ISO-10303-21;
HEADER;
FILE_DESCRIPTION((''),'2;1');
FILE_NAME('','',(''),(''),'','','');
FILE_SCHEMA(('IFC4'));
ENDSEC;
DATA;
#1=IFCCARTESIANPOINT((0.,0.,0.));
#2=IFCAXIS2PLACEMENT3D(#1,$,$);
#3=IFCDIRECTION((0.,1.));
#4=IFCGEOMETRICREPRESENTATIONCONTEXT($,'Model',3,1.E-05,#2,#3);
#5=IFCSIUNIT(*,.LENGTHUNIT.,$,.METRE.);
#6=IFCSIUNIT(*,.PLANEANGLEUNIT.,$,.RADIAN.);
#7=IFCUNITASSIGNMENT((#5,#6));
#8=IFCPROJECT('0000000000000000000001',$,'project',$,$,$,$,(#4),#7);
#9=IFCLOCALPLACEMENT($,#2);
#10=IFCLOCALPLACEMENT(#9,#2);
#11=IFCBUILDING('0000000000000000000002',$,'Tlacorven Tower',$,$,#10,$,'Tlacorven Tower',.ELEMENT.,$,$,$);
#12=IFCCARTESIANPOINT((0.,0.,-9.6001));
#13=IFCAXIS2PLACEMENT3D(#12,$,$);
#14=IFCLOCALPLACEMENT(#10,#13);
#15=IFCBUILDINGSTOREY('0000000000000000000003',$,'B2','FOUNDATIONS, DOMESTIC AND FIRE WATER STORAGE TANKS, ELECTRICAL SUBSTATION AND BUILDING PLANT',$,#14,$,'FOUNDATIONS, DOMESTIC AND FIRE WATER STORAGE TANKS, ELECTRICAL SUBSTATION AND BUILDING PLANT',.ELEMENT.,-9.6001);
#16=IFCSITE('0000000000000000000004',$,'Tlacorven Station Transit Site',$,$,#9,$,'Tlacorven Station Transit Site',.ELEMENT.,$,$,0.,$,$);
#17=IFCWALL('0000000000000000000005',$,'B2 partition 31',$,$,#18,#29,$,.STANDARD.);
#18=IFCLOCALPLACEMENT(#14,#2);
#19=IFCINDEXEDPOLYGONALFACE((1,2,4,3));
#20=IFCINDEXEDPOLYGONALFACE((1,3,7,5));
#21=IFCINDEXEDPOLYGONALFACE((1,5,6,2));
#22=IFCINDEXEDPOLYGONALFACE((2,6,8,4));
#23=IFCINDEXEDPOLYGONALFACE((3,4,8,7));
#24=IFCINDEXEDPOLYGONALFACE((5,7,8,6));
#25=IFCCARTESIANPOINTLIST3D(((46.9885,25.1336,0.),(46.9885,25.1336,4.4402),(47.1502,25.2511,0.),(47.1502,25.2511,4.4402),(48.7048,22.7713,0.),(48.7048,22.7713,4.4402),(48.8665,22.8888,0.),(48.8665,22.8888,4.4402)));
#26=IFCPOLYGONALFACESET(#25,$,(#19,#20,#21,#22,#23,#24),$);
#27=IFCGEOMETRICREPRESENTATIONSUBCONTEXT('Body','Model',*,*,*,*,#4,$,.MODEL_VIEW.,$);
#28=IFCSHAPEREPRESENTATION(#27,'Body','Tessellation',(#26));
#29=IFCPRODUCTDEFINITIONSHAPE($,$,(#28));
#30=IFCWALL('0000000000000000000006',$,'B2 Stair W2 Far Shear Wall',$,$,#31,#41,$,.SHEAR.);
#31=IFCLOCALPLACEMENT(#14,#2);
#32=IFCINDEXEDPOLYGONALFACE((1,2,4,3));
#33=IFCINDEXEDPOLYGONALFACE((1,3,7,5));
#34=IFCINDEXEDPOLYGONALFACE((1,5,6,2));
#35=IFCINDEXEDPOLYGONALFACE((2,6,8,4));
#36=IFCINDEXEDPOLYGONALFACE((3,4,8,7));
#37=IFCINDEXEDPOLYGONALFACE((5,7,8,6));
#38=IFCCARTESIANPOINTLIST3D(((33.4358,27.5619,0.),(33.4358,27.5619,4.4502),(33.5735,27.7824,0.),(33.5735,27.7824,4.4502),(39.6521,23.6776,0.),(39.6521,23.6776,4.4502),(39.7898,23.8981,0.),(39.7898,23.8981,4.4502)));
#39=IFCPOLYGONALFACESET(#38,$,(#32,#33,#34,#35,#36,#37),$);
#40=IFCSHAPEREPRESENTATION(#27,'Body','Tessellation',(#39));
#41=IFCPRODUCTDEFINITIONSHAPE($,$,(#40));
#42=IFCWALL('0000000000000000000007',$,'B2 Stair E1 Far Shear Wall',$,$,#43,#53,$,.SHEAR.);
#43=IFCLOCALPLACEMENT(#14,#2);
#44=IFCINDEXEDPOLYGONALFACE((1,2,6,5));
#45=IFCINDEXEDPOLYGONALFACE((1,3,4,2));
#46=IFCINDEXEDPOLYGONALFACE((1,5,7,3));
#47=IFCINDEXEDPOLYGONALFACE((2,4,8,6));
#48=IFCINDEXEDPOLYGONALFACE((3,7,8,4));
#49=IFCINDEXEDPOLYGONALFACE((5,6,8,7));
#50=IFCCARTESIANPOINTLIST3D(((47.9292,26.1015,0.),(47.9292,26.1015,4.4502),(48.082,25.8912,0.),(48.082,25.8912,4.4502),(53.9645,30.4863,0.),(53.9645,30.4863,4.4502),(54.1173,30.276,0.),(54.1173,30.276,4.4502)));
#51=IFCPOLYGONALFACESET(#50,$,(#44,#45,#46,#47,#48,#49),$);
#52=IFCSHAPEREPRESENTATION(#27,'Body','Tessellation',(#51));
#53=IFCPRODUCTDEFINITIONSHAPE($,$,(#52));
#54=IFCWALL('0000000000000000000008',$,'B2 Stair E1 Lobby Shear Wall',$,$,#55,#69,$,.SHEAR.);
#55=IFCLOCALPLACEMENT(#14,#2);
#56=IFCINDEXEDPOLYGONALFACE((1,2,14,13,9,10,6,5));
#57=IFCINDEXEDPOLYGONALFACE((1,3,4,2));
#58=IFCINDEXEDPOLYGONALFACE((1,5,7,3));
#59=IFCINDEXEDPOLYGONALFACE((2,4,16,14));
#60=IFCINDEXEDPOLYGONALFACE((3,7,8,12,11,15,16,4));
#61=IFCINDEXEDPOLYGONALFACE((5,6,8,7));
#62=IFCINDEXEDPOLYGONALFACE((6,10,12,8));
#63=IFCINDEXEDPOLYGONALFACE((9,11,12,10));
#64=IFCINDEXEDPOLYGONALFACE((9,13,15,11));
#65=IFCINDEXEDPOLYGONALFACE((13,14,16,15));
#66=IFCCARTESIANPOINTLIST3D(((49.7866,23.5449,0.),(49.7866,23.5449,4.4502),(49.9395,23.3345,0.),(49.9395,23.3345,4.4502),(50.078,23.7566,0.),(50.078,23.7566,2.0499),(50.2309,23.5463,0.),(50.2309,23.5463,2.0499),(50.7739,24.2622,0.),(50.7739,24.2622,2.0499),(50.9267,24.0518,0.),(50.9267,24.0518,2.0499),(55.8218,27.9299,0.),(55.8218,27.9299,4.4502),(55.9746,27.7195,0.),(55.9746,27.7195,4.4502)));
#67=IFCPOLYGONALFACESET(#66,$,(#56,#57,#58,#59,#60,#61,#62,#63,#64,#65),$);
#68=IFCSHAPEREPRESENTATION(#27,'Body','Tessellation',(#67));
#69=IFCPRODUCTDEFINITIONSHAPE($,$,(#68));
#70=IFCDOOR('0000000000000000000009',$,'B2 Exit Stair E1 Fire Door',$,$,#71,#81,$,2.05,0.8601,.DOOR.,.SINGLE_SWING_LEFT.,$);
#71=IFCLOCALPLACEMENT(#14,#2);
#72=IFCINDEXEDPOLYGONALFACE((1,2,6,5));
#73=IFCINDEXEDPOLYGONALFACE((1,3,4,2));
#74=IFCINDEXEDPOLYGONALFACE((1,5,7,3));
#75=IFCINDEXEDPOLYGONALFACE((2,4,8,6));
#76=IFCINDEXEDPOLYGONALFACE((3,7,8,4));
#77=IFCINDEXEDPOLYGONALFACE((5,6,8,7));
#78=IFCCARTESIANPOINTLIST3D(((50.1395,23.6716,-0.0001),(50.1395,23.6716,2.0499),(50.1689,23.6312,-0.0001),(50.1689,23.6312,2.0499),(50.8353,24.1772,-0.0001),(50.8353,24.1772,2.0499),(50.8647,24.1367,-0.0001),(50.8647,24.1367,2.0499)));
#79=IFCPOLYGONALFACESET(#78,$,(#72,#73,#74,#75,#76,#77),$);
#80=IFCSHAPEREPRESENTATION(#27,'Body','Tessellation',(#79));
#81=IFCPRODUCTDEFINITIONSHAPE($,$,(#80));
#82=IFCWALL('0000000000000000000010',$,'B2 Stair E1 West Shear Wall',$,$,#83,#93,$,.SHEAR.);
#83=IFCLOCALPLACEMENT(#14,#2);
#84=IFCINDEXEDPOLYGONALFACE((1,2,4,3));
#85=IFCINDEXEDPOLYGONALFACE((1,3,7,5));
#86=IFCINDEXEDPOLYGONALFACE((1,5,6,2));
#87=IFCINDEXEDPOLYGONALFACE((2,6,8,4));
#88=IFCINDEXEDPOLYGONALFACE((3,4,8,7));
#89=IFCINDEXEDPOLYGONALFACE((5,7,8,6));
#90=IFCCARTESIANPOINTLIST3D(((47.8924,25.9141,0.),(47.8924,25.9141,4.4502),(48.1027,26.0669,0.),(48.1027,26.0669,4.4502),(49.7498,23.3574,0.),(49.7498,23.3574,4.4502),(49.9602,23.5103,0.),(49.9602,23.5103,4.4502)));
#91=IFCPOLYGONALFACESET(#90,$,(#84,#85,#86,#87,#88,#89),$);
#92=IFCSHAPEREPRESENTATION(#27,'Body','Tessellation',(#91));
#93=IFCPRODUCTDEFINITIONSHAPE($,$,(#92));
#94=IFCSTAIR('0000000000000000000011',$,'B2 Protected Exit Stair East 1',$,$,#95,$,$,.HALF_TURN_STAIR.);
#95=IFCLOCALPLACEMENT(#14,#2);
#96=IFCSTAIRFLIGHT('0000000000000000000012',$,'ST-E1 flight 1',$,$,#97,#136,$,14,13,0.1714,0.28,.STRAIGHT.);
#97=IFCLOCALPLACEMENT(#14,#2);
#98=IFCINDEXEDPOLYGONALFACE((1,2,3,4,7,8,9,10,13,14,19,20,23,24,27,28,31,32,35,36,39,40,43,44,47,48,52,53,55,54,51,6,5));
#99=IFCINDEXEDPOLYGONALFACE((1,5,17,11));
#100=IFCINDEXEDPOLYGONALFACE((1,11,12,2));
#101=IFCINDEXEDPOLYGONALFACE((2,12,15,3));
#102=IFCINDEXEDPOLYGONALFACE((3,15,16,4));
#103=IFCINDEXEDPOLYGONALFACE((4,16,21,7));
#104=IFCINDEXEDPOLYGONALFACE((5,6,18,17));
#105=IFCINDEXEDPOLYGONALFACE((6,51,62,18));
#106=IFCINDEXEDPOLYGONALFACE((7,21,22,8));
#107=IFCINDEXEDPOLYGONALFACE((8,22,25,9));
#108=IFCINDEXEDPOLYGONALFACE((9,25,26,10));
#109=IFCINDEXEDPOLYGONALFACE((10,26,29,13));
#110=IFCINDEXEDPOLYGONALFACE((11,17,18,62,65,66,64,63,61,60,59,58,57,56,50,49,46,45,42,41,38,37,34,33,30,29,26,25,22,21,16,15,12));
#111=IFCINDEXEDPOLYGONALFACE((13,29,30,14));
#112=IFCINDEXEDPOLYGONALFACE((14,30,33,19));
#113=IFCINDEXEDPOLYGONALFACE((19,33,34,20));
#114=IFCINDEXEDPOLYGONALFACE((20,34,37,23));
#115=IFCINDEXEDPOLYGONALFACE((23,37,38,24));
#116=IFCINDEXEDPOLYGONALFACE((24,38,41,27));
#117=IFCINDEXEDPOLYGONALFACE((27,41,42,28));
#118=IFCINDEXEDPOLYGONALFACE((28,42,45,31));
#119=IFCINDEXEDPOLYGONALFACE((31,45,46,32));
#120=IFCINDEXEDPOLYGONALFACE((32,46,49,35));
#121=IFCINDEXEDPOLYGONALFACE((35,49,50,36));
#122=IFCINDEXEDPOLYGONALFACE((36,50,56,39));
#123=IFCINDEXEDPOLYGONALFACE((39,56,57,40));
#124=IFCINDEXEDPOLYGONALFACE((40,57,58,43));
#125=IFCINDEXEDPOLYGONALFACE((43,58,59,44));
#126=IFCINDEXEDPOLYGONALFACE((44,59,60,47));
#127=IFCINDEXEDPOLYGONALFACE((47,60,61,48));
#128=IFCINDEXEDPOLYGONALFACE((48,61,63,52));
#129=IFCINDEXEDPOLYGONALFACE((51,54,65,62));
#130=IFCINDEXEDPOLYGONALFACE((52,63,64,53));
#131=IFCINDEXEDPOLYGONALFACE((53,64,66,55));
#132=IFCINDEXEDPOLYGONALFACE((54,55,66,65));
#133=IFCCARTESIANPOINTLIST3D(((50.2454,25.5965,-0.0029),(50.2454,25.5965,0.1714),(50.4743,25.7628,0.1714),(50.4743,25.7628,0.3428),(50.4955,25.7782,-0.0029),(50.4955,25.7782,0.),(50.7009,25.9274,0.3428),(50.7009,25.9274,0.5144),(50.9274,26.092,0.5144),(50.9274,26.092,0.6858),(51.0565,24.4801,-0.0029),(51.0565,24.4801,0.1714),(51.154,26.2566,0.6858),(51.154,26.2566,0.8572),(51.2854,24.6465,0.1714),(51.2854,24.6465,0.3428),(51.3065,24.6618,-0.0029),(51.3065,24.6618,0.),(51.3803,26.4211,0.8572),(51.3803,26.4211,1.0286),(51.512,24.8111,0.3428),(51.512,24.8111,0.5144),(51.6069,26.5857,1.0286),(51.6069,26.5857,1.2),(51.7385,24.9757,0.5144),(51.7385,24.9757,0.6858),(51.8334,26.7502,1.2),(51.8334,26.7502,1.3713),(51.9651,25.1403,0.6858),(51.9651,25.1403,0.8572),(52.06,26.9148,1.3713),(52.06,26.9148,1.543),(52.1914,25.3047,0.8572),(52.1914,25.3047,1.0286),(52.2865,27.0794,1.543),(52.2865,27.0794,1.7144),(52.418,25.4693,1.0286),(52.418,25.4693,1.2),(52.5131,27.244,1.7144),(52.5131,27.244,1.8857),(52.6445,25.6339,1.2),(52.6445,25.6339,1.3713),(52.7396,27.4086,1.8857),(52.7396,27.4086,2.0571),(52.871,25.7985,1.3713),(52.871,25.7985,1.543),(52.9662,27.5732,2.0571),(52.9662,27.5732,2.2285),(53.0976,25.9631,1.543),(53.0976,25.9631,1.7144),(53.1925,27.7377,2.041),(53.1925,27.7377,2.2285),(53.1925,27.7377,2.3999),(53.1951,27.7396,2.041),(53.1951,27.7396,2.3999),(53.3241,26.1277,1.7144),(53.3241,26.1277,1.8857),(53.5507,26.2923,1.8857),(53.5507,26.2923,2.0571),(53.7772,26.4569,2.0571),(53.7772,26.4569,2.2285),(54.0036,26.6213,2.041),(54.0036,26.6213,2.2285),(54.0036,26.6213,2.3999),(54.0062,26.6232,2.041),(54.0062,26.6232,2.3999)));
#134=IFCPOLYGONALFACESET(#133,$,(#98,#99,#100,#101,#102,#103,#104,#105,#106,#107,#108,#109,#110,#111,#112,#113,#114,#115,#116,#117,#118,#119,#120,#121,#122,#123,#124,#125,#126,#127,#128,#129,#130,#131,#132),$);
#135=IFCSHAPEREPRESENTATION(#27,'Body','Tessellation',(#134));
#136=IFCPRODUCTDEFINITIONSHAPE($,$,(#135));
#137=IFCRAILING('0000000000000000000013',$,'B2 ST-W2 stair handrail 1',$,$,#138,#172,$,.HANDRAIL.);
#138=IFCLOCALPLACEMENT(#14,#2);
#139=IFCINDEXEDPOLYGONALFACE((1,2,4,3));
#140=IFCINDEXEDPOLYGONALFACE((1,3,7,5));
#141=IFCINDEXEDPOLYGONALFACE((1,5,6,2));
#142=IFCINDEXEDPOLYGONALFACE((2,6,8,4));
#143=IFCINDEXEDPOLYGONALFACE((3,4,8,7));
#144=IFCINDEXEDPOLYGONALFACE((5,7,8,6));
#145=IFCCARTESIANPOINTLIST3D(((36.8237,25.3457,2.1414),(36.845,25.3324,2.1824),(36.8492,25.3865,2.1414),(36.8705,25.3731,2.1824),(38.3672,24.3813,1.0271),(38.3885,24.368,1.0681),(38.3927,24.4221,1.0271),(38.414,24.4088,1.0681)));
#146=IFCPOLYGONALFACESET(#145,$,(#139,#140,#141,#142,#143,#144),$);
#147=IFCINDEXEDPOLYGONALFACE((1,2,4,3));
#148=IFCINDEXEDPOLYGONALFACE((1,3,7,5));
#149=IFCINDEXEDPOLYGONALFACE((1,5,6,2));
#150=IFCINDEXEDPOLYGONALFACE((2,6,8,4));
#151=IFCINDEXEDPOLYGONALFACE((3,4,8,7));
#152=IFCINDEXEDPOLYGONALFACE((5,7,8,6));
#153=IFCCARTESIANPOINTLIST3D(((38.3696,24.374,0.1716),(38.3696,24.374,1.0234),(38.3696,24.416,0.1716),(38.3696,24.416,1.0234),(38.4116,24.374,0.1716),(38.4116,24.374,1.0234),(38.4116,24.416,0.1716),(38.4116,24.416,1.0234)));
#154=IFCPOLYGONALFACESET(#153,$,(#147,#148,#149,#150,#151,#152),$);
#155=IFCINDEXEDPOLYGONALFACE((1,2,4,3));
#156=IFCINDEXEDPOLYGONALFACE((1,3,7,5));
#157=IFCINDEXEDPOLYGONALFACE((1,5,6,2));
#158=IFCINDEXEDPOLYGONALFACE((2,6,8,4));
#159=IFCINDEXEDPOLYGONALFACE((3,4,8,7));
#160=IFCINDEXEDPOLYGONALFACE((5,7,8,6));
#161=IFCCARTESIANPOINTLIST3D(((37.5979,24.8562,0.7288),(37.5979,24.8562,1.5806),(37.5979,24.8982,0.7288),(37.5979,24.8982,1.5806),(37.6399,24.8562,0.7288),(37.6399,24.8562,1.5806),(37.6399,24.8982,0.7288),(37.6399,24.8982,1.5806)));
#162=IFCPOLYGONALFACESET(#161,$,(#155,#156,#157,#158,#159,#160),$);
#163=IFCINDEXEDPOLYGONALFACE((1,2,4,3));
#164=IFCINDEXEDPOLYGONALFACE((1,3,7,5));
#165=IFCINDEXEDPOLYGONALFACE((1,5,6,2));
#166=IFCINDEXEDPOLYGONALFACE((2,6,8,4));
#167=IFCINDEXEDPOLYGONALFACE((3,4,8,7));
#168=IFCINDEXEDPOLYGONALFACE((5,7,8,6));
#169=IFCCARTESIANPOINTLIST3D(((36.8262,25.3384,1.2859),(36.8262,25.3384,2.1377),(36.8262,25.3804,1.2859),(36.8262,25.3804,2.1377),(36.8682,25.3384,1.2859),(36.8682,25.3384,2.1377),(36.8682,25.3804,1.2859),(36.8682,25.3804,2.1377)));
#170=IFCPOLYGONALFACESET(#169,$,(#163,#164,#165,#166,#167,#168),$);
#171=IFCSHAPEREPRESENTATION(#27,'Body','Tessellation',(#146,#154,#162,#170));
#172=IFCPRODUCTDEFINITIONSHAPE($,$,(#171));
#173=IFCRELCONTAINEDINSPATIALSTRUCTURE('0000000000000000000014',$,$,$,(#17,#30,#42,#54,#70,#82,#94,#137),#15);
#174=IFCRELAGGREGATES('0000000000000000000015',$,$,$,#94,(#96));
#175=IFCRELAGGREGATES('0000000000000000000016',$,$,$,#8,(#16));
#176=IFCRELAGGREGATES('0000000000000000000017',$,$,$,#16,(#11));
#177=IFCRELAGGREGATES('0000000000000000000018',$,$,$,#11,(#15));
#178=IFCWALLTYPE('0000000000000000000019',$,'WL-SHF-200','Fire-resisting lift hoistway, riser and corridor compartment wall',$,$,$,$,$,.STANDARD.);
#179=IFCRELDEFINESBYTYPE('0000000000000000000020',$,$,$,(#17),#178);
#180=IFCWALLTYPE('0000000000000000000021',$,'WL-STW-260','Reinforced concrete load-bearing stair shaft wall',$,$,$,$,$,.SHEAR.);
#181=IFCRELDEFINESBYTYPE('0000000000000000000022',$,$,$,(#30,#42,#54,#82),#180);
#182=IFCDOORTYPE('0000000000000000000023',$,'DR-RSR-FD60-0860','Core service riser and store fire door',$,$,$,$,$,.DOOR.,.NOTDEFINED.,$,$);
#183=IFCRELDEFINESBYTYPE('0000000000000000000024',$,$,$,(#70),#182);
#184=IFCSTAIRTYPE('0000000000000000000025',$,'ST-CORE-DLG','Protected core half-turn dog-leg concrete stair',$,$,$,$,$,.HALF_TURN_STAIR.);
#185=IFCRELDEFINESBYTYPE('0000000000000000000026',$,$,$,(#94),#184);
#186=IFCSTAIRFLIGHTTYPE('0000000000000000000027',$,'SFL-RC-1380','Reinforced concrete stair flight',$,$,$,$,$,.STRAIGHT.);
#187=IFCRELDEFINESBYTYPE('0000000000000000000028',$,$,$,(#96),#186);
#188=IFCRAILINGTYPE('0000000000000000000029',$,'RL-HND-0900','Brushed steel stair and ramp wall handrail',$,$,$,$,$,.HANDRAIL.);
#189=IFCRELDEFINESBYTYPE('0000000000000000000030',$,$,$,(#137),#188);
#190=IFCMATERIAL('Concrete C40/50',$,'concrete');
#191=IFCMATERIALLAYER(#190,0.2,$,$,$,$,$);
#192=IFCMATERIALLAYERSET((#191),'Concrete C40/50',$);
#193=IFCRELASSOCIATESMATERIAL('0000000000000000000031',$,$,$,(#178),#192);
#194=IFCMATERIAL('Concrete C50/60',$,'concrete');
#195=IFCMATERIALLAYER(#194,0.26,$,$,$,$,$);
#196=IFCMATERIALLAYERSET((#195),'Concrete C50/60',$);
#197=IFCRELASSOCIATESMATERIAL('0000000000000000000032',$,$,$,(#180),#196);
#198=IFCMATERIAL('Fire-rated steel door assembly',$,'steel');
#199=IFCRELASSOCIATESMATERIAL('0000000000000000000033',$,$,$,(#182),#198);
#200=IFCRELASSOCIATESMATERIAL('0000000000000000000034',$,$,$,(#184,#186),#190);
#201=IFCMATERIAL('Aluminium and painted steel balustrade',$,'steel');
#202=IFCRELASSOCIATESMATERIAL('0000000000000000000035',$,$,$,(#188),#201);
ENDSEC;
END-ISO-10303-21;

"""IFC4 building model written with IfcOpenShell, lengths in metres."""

from ifc_helpers import new_model, si_unit, direction, frame, frame_2d, origin, origin_2d, place, context, subcontext, project, spatial, polyline, rectangle, outline, extrude, source, transform, mapped, material, layer, layer_set, type_object, element, fill, aggregate, save


model = new_model("IFC4")

# Units and contexts
model_context = context("Model", 3, precision=1e-05, world=origin(), true_north=direction((0.0, 1.0)))
body_context = subcontext(model_context, "Body", "Model", "MODEL_VIEW")
ifc_project = project(units=[si_unit("LENGTHUNIT", "METRE"), si_unit("PLANEANGLEUNIT", "RADIAN")], contexts=[model_context])

# Site, building, storey
site_placement = place(None, origin())
site = spatial("IfcSite", under=ifc_project, at=site_placement, Name="Tlacorven Station Transit Site", LongName="Tlacorven Station Transit Site", CompositionType="ELEMENT", RefElevation=0.0)
building_placement = place(site_placement, origin())
building = spatial("IfcBuilding", under=site, at=building_placement, Name="Tlacorven Tower", LongName="Tlacorven Tower", CompositionType="ELEMENT")
storey_placement = place(building_placement, frame((0.0, 0.0, -9.6001)))
storey = spatial("IfcBuildingStorey", under=building, at=storey_placement, Name="B2", Description="FOUNDATIONS, DOMESTIC AND FIRE WATER STORAGE TANKS, ELECTRICAL SUBSTATION AND BUILDING PLANT", LongName="FOUNDATIONS, DOMESTIC AND FIRE WATER STORAGE TANKS, ELECTRICAL SUBSTATION AND BUILDING PLANT", CompositionType="ELEMENT", Elevation=-9.6001)

# Shared definitions
ifc_material_1 = material(Name="Concrete C50/60", Category="concrete")

# Walls
ifc_material_2 = material(Name="Concrete C40/50", Category="concrete")
ifc_layer_1 = layer(ifc_material_2, 0.2)
ifc_layer_set_1 = layer_set([ifc_layer_1], Name="Concrete C40/50")
wall_type_1 = type_object("IfcWallType", Name="WL-SHF-200", Description="Fire-resisting lift hoistway, riser and corridor compartment wall", PredefinedType="STANDARD", material=ifc_layer_set_1)
wall_1_placement = place(storey_placement, frame((48.7856, 22.8301, 0.0), z_axis=(0.0, 0.0, 1.0), x_axis=(-0.587784, 0.809018, 0.0)))
element("IfcWall", 1, at=wall_1_placement, inside=storey, type_object=wall_type_1, Name="B2 partition 31", PredefinedType="STANDARD", context=body_context, shape_type="SweptSolid", body=[
    extrude(rectangle(XDim=2.9199, YDim=0.2, at=frame_2d((1.46, 0.0))), origin(), (0.0, 0.0, 1.0), 4.4402),
])
ifc_layer_2 = layer(ifc_material_1, 0.26)
ifc_layer_set_2 = layer_set([ifc_layer_2], Name="Concrete C50/60")
wall_type_2 = type_object("IfcWallType", Name="WL-STW-260", Description="Reinforced concrete load-bearing stair shaft wall", PredefinedType="SHEAR", material=ifc_layer_set_2)
wall_2_placement = place(storey_placement, frame((39.7209, 23.7878, 0.0), z_axis=(0.0, 0.0, 1.0), x_axis=(-0.848054, 0.529909, 0.0)))
element("IfcWall", 2, at=wall_2_placement, inside=storey, type_object=wall_type_2, Name="B2 Stair W2 Far Shear Wall", PredefinedType="SHEAR", context=body_context, shape_type="SweptSolid", body=[
    extrude(rectangle(XDim=7.3301, YDim=0.26, at=frame_2d((3.665, 0.0))), origin(), (0.0, 0.0, 1.0), 4.4502),
])
wall_3_placement = place(storey_placement, frame((48.0056, 25.9963, 0.0), z_axis=(0.0, 0.0, 1.0), x_axis=(0.809019, 0.587782, 0.0)))
element("IfcWall", 3, at=wall_3_placement, inside=storey, type_object=wall_type_2, Name="B2 Stair E1 Far Shear Wall", PredefinedType="SHEAR", context=body_context, shape_type="SweptSolid", body=[
    extrude(rectangle(XDim=7.46, YDim=0.26, at=frame_2d((3.73, 0.0))), origin(), (0.0, 0.0, 1.0), 4.4502),
])

# Wall, opening, door
wall_4_placement = place(storey_placement, frame((49.863, 23.4397, 0.0), z_axis=(0.0, 0.0, 1.0), x_axis=(0.809003, 0.587804, 0.0)))
wall_4 = element("IfcWall", 4, at=wall_4_placement, inside=storey, type_object=wall_type_2, Name="B2 Stair E1 Lobby Shear Wall", PredefinedType="SHEAR", context=body_context, shape_type="SweptSolid", body=[
    extrude(rectangle(XDim=7.46, YDim=0.26, at=frame_2d((3.73, 0.0))), origin(), (0.0, 0.0, 1.0), 4.4502),
])
opening_placement = place(wall_4_placement, frame((0.3601, 0.0, 0.0)))
opening = element("IfcOpeningElement", 5, at=opening_placement, cuts=wall_4, PredefinedType="OPENING", context=body_context, shape_type="SweptSolid", body=[
    extrude(rectangle(XDim=0.8601, YDim=2.05, at=frame_2d((0.4302, 1.0249))), frame((0.0, 0.1401, 0.0), z_axis=(0.0, -1.0, 0.0), x_axis=(1.0, 0.0, 0.0)), (0.0, 0.0, 1.0), 0.28),
])
ifc_material_3 = material(Name="Fire-rated steel door assembly", Category="steel")
door_type = type_object("IfcDoorType", Name="DR-RSR-FD60-0860", Description="Core service riser and store fire door", OperationType="NOTDEFINED", PredefinedType="DOOR", material=ifc_material_3)
shared_shape_1 = source(origin(), body_context, "Body", "SweptSolid", [
    extrude(rectangle(XDim=0.8601, YDim=2.05, at=frame_2d((0.4302, 1.0249))), frame((0.0, 0.0249, 0.0), z_axis=(0.0, -1.0, 0.0), x_axis=(1.0, 0.0, 0.0)), (0.0, 0.0, 1.0), 0.05),
])
door_placement = place(opening_placement, frame((0.8601, 0.0, 0.0), z_axis=(0.0, 0.0, 1.0), x_axis=(-1.0, 0.0, 0.0)))
door = element("IfcDoor", 6, at=door_placement, inside=storey, type_object=door_type, Name="B2 Exit Stair E1 Fire Door", OperationType="SINGLE_SWING_LEFT", OverallHeight=2.05, OverallWidth=0.8601, PredefinedType="DOOR", context=body_context, shape_type="MappedRepresentation", body=[
    mapped(shared_shape_1, transform((0.0, 0.0, 0.0), scale=1.0)),
])
fill(opening, door)

# Wall
wall_5_placement = place(storey_placement, frame((49.855, 23.4338, 0.0), z_axis=(0.0, 0.0, 1.0), x_axis=(-0.587767, 0.80903, 0.0)))
element("IfcWall", 7, at=wall_5_placement, inside=storey, type_object=wall_type_2, Name="B2 Stair E1 West Shear Wall", PredefinedType="SHEAR", context=body_context, shape_type="SweptSolid", body=[
    extrude(rectangle(XDim=3.1602, YDim=0.26, at=frame_2d((1.5801, 0.0))), origin(), (0.0, 0.0, 1.0), 4.4502),
])

# Stair, stair flight
stair_type = type_object("IfcStairType", Name="ST-CORE-DLG", Description="Protected core half-turn dog-leg concrete stair", PredefinedType="HALF_TURN_STAIR", material=ifc_material_2)
stair_placement = place(storey_placement, origin())
stair = element("IfcStair", 8, at=stair_placement, inside=storey, type_object=stair_type, Name="B2 Protected Exit Stair East 1", PredefinedType="HALF_TURN_STAIR")
stair_flight_type = type_object("IfcStairFlightType", Name="SFL-RC-1380", Description="Reinforced concrete stair flight", PredefinedType="STRAIGHT", material=ifc_material_2)
shared_shape_2 = source(origin(), body_context, "Body", "SweptSolid", [
    extrude(outline(polyline([(-0.0029, -0.0029), (-0.0029, 0.1714), (0.28, 0.1714), (0.28, 0.3428), (0.5601, 0.3428), (0.5601, 0.5144), (0.8401, 0.5144), (0.8401, 0.6858), (1.1201, 0.6858), (1.1201, 0.8572), (1.3999, 0.8572), (1.3999, 1.0286), (1.6799, 1.0286), (1.6799, 1.2), (1.96, 1.2), (1.96, 1.3713), (2.24, 1.3713), (2.24, 1.543), (2.52, 1.543), (2.52, 1.7144), (2.8, 1.7144), (2.8, 1.8857), (3.0801, 1.8857), (3.0801, 2.0571), (3.3601, 2.0571), (3.3601, 2.2285), (3.6399, 2.2285), (3.6399, 2.3999), (3.6431, 2.3999), (3.6431, 2.041), (3.6399, 2.041), (0.3062, 0.0), (0.3062, -0.0029), (-0.0029, -0.0029)])), frame((0.0, 0.6899, 0.0), z_axis=(0.0, -1.0, 0.0), x_axis=(1.0, 0.0, 0.0)), (0.0, 0.0, 1.0), 1.3799),
])
stair_flight_placement = place(storey_placement, frame((50.6533, 25.04, 0.0), z_axis=(0.0, 0.0, 1.0), x_axis=(0.809017, 0.587785, 0.0)))
stair_flight = element("IfcStairFlight", 9, at=stair_flight_placement, type_object=stair_flight_type, Name="ST-E1 flight 1", NumberOfRisers=14, NumberOfTreads=13, PredefinedType="STRAIGHT", RiserHeight=0.1714, TreadLength=0.28, context=body_context, shape_type="MappedRepresentation", body=[
    mapped(shared_shape_2, transform((0.0, 0.0, 0.0), scale=1.0)),
])
aggregate(stair, [stair_flight])

# Railing
ifc_material_4 = material(Name="Aluminium and painted steel balustrade", Category="steel")
railing_type_1 = type_object("IfcRailingType", Name="RL-HND-0900", Description="Brushed steel stair and ramp wall handrail", PredefinedType="HANDRAIL", material=ifc_material_4)
shared_shape_3 = source(origin(), body_context, "Body", "SweptSolid", [
    extrude(rectangle(XDim=0.0481, YDim=0.0481, at=origin_2d()), frame((0.0, 0.0, 0.876), z_axis=(-0.723281, 0.451908, 0.522153), x_axis=(-0.529878, -0.848074, 0.0)), (0.0, 0.0, 1.0), 2.134),
    extrude(rectangle(XDim=0.042, YDim=0.042, at=origin_2d()), origin(), (0.0, 0.0, 1.0), 0.8518),
    extrude(rectangle(XDim=0.042, YDim=0.042, at=origin_2d()), frame((-0.7717, 0.4822, 0.5571)), (0.0, 0.0, 1.0), 0.8518),
    extrude(rectangle(XDim=0.042, YDim=0.042, at=origin_2d()), frame((-1.5435, 0.9644, 1.1143)), (0.0, 0.0, 1.0), 0.8518),
])
railing_1_placement = place(storey_placement, frame((38.3906, 24.395, 0.1716)))
element("IfcRailing", 10, at=railing_1_placement, inside=storey, type_object=railing_type_1, Name="B2 ST-W2 stair handrail 1", PredefinedType="HANDRAIL", context=body_context, shape_type="MappedRepresentation", body=[
    mapped(shared_shape_3, transform((0.0, 0.0, 0.0), scale=1.0)),
])

save(model, "model.ifc")
